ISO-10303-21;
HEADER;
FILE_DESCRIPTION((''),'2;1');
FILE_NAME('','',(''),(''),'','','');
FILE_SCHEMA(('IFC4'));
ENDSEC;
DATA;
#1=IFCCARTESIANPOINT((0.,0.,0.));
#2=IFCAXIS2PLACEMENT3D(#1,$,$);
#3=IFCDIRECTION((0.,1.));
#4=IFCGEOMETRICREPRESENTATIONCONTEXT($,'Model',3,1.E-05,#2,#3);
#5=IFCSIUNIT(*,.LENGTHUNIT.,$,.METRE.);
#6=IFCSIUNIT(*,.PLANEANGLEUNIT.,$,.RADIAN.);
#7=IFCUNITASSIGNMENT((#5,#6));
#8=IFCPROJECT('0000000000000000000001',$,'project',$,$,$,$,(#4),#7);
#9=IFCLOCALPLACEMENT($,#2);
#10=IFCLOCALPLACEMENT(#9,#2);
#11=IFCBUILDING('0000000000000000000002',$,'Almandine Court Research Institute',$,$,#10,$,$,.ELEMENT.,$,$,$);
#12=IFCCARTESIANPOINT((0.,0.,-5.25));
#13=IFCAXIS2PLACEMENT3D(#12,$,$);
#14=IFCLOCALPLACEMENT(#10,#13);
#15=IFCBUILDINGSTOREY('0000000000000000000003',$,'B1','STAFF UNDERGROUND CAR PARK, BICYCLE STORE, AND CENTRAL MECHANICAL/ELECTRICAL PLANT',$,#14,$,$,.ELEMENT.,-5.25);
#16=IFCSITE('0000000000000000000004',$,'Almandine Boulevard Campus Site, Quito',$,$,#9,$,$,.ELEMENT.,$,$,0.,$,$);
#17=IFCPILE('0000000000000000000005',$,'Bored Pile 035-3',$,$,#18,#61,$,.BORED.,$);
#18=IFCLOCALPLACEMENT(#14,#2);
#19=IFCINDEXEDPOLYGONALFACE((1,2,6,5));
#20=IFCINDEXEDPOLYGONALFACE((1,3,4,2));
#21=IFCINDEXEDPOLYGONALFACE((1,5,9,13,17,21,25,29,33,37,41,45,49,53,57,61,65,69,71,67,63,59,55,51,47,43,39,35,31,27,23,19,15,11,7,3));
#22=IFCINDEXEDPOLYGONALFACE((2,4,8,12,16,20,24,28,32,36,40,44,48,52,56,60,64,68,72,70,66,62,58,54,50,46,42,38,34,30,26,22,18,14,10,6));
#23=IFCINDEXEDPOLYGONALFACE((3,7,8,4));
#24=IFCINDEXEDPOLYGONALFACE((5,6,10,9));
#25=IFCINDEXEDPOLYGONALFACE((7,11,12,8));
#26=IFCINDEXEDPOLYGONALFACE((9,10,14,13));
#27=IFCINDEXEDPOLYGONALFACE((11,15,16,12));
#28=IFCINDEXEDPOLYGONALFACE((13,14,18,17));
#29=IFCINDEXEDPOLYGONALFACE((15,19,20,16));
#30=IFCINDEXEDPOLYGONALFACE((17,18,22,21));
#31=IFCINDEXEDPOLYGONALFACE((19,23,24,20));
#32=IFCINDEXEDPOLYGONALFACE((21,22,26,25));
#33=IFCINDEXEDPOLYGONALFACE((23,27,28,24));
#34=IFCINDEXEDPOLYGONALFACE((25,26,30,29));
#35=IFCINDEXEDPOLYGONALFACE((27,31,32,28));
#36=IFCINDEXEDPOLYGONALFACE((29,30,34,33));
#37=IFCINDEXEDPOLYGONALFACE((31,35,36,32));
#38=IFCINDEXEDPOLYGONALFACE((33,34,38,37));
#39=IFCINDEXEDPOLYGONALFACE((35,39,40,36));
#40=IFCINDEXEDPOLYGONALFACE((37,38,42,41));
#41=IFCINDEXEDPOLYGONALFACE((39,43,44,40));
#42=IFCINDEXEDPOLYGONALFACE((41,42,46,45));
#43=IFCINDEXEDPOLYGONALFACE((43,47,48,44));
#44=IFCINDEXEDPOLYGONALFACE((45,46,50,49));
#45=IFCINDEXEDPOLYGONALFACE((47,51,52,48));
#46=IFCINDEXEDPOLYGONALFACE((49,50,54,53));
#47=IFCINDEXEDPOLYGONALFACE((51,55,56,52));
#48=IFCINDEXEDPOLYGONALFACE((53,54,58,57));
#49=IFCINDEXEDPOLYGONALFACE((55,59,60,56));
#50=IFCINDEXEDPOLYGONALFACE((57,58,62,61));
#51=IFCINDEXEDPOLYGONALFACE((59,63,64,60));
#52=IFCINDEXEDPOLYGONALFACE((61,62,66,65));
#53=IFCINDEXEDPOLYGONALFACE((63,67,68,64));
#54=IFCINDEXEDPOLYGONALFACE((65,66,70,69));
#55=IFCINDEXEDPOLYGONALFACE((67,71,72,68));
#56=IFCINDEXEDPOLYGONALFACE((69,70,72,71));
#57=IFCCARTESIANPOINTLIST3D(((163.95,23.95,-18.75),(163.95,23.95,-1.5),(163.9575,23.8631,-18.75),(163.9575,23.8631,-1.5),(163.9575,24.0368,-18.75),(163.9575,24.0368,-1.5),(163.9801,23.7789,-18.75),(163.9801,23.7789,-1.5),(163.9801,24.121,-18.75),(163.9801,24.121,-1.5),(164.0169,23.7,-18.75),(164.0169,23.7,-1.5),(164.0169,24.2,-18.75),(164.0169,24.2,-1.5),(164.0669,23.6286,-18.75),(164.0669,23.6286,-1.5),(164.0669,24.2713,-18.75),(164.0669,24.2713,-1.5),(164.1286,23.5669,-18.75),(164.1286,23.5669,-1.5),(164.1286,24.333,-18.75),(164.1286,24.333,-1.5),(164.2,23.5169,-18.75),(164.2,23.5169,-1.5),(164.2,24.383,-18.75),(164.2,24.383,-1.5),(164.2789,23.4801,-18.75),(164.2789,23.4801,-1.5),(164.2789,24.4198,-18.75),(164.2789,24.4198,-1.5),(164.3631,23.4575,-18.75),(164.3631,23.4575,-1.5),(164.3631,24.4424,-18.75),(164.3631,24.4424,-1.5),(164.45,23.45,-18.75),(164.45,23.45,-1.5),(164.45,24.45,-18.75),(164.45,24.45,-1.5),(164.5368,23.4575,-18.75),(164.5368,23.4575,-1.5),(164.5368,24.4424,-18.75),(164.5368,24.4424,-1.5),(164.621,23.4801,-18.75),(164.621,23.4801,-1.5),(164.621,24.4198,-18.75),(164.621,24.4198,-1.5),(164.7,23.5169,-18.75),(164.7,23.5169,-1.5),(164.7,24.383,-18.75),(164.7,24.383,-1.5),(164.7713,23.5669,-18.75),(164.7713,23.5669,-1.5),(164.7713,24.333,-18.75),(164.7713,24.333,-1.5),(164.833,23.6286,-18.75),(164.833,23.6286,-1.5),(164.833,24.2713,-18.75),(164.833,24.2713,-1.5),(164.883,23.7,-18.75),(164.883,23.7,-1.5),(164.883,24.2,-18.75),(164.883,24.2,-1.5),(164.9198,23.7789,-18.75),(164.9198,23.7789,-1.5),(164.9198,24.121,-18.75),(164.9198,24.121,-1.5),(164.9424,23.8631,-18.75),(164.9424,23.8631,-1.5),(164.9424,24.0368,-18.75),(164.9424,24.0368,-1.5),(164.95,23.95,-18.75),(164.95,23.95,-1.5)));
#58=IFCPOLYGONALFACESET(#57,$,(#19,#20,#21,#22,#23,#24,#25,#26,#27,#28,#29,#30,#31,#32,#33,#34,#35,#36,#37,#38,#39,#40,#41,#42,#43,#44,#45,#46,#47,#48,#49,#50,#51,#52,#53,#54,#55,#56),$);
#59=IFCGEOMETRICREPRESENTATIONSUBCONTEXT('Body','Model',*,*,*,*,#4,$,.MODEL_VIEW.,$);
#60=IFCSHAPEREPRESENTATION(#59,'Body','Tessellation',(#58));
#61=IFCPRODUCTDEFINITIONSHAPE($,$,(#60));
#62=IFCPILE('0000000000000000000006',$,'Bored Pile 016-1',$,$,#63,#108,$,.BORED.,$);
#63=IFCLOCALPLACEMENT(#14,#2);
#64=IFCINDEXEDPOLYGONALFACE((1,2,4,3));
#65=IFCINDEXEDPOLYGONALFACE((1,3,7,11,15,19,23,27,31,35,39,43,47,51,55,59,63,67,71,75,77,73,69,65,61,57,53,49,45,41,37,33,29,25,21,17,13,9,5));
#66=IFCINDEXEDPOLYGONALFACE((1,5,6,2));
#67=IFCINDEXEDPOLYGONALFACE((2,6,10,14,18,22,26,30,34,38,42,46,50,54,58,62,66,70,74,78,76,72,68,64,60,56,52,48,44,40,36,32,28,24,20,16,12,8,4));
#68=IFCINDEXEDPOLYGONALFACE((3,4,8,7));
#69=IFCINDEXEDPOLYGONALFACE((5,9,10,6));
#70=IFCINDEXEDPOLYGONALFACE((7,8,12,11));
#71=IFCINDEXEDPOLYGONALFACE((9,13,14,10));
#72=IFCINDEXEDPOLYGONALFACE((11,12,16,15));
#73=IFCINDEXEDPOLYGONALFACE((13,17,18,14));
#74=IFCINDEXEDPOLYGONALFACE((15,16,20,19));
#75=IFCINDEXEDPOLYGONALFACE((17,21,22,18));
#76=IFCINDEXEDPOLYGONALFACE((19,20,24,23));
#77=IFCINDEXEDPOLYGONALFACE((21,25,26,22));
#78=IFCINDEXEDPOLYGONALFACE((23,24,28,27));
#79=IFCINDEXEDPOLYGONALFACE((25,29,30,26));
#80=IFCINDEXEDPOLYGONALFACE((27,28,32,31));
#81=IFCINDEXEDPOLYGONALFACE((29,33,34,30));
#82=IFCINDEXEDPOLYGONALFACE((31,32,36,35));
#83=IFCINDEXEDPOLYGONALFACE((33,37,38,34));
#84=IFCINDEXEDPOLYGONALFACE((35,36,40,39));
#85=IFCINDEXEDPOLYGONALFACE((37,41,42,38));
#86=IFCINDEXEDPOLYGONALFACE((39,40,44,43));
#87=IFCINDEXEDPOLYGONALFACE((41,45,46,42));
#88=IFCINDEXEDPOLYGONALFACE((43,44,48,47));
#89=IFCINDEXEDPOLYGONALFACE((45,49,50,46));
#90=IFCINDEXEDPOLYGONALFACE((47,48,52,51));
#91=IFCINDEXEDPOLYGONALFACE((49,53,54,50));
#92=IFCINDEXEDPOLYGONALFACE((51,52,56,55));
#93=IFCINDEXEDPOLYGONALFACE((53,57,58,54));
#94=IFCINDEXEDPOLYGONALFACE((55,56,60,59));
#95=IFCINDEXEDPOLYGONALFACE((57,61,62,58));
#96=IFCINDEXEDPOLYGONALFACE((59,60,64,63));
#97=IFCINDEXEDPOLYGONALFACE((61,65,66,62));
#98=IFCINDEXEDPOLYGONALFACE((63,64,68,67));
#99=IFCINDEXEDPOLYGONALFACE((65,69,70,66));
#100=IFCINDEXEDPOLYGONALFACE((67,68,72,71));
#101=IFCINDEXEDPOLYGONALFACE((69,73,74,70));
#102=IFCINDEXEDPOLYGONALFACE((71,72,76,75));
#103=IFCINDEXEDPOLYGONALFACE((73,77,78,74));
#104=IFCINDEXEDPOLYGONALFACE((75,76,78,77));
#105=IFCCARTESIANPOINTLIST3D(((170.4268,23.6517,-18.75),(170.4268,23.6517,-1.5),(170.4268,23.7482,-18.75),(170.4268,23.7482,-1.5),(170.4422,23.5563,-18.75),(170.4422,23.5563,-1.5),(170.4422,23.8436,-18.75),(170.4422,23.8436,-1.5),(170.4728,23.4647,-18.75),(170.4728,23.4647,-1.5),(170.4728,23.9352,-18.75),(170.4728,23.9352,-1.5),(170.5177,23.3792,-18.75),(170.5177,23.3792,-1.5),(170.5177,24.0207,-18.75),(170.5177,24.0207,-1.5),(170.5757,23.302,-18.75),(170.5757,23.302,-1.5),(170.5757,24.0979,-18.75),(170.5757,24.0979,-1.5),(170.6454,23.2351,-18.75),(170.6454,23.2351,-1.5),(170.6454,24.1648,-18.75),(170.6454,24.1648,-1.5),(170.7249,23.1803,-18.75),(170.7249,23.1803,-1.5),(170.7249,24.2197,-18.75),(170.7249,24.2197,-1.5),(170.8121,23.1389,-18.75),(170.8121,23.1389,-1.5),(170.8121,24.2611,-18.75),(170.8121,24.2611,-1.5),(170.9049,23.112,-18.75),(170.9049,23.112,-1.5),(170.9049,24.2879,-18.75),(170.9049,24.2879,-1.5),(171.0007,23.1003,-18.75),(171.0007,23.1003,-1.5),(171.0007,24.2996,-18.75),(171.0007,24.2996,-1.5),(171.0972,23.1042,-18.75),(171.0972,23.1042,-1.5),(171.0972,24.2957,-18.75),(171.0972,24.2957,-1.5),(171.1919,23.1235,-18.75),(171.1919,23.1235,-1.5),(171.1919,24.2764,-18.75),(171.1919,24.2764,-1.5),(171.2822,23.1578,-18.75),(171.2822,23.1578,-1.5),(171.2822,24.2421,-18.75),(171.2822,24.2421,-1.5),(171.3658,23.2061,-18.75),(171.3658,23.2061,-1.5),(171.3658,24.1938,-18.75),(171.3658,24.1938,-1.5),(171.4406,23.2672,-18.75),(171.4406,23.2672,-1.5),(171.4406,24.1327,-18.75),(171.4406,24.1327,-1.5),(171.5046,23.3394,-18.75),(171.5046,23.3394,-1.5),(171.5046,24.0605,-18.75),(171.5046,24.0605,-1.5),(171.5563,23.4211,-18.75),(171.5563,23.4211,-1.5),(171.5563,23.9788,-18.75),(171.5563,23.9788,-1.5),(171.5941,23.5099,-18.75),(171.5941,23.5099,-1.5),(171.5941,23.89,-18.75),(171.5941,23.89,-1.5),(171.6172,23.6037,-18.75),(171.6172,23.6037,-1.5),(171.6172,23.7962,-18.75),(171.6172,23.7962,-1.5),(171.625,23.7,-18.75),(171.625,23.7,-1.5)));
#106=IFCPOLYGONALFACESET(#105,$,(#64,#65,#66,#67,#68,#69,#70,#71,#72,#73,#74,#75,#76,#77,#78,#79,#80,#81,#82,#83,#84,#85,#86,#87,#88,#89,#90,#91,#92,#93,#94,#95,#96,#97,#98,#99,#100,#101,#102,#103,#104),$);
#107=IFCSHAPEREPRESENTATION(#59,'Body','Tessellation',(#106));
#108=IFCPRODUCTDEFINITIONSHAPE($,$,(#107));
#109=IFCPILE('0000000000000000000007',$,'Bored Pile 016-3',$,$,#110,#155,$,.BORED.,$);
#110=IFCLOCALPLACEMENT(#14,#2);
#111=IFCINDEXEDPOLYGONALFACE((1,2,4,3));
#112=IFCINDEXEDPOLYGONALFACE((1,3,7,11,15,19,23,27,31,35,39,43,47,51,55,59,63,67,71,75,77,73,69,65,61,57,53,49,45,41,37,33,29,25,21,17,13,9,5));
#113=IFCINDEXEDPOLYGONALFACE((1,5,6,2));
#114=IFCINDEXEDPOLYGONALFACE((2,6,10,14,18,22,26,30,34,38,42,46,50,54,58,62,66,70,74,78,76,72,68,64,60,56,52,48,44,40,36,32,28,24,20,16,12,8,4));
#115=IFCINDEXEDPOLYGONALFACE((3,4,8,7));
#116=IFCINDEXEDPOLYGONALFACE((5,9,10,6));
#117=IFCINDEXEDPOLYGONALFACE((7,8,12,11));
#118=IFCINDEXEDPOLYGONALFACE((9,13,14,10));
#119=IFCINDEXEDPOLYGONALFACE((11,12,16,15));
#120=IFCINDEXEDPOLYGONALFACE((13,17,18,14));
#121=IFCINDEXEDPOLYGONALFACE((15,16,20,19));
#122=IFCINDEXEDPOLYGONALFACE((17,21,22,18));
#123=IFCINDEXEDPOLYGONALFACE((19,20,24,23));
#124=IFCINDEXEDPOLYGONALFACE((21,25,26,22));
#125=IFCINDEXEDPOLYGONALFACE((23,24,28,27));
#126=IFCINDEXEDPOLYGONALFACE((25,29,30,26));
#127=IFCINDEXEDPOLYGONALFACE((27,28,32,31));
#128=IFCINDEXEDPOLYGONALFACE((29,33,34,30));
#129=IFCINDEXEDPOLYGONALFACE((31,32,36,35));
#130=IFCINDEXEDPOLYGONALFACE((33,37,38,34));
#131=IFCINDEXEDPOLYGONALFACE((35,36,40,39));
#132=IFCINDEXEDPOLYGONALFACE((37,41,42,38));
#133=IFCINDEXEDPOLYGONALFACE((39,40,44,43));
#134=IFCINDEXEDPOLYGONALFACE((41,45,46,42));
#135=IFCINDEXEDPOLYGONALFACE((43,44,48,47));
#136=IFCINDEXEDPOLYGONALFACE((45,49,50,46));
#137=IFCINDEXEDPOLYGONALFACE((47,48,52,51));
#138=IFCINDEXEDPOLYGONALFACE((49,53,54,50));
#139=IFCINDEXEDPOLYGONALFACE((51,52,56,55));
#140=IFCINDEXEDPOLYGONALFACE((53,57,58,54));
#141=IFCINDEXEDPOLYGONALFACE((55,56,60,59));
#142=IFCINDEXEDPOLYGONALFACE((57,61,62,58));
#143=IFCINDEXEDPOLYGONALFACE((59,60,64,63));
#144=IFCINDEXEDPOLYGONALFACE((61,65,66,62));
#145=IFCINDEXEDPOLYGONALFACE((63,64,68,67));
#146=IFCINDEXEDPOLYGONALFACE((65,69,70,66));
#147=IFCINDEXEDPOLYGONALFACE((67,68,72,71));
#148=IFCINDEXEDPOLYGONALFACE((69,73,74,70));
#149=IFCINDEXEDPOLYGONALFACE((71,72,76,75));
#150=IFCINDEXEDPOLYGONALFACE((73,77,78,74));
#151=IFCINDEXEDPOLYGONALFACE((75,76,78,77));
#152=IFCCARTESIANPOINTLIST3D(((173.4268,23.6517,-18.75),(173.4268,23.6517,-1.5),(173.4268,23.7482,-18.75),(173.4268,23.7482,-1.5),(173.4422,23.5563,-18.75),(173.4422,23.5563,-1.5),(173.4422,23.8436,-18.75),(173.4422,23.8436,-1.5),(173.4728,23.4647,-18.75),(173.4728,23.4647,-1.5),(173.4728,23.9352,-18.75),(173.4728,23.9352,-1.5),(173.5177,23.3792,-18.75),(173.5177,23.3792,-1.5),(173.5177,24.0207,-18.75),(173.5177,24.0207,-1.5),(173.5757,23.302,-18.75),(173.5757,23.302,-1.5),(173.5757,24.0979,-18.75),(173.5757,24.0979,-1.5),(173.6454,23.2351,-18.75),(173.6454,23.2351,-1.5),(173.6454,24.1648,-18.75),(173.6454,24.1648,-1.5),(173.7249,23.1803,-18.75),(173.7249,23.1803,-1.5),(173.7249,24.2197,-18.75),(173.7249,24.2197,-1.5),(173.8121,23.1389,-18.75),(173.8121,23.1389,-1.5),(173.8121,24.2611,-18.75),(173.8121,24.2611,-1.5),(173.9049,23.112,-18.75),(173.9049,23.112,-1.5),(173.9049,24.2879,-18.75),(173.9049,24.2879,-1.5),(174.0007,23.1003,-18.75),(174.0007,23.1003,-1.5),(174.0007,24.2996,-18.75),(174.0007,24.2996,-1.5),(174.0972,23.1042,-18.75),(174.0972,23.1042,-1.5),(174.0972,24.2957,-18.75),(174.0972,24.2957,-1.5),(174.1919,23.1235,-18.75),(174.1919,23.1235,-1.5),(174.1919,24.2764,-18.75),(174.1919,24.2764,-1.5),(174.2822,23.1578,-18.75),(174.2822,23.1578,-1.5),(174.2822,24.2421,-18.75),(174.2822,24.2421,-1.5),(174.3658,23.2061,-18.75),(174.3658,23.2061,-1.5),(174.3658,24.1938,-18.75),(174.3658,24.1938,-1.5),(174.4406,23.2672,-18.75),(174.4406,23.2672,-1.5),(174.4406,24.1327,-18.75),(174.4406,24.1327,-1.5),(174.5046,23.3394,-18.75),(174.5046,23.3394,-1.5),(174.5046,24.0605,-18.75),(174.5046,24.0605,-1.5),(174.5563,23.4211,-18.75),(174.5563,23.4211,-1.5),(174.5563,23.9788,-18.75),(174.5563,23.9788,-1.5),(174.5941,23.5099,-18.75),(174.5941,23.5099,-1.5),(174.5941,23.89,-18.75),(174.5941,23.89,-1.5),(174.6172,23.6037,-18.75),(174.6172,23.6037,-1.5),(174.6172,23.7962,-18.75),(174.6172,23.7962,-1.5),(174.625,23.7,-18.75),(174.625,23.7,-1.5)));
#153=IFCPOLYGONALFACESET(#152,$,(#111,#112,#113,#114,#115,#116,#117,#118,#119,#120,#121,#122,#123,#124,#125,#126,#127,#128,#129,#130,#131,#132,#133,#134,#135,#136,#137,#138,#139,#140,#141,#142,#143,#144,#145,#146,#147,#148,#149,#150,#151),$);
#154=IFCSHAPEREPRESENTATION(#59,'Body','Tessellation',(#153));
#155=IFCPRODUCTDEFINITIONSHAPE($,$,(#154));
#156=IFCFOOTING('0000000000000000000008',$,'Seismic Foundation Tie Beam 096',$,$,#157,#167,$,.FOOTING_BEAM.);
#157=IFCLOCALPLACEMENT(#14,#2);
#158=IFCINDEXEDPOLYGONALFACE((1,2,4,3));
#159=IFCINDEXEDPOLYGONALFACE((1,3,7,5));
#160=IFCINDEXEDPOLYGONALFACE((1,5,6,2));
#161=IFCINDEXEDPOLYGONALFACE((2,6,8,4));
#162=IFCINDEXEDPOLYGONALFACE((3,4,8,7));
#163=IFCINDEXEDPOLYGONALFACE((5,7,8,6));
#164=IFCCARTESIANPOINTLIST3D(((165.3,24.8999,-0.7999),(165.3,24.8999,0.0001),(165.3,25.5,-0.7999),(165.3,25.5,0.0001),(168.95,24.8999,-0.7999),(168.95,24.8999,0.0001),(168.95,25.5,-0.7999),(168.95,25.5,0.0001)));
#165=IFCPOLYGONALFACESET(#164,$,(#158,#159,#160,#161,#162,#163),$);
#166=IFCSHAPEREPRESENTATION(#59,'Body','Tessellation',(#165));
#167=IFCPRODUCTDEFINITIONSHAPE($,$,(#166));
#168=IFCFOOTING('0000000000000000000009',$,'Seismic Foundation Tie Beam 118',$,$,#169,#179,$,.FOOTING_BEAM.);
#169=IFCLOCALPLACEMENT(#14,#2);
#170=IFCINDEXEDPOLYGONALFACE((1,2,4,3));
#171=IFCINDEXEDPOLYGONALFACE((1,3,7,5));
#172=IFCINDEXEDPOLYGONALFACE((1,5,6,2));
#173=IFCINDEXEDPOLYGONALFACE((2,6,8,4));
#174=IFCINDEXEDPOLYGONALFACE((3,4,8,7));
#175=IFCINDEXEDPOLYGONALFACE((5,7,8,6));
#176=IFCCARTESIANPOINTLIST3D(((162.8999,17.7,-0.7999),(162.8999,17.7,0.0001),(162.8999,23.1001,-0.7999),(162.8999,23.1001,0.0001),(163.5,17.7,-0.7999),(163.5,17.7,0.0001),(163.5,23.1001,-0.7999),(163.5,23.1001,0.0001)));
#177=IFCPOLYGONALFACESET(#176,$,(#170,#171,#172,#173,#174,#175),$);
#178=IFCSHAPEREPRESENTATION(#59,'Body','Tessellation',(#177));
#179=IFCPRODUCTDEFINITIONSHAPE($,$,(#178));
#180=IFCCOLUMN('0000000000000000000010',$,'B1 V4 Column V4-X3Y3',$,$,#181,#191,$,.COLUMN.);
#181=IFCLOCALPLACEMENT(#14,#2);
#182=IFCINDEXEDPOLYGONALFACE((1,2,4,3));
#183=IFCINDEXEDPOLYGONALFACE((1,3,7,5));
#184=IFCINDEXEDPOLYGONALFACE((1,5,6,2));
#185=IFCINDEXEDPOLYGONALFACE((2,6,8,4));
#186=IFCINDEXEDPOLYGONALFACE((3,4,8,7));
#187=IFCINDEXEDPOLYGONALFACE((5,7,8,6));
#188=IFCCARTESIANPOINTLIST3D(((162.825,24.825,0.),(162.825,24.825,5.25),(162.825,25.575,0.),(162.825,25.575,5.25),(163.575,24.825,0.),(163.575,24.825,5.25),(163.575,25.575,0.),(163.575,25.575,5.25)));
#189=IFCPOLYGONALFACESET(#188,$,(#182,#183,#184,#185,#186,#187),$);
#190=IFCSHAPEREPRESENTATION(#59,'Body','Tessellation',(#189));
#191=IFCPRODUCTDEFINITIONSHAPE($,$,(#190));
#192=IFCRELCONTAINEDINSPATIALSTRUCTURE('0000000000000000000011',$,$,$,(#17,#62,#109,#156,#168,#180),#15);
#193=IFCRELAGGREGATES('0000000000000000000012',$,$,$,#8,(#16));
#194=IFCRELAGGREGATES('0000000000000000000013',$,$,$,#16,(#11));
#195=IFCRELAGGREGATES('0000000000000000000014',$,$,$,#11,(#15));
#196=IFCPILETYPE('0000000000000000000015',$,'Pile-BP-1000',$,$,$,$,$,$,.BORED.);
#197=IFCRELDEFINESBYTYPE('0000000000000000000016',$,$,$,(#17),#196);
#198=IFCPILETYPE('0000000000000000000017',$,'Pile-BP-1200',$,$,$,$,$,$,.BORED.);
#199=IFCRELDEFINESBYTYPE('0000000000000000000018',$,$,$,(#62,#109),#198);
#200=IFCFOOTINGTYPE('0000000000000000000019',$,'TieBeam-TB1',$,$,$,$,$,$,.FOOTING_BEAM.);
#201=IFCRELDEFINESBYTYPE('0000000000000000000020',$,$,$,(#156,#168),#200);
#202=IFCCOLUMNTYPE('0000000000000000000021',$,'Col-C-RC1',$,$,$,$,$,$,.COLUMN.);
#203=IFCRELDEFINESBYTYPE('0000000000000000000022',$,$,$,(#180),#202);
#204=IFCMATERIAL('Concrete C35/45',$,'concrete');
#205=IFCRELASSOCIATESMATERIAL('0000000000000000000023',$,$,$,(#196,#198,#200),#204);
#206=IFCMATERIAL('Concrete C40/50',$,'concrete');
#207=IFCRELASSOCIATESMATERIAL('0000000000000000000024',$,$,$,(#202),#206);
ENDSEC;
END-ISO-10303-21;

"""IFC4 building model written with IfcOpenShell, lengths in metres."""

from ifc_helpers import new_model, si_unit, direction, frame, origin, origin_2d, place, context, subcontext, project, spatial, rectangle, circle, extrude, material, material_profile, profile_set, type_object, element, save


model = new_model("IFC4")

# Units and contexts
model_context = context("Model", 3, precision=1e-05, world=origin(), true_north=direction((0.0, 1.0)))
body_context = subcontext(model_context, "Body", "Model", "MODEL_VIEW")
ifc_project = project(units=[si_unit("LENGTHUNIT", "METRE"), si_unit("PLANEANGLEUNIT", "RADIAN")], contexts=[model_context])

# Site, building, storey
site_placement = place(None, origin())
site = spatial("IfcSite", under=ifc_project, at=site_placement, Name="Almandine Boulevard Campus Site, Quito", CompositionType="ELEMENT", RefElevation=0.0)
building_placement = place(site_placement, origin())
building = spatial("IfcBuilding", under=site, at=building_placement, Name="Almandine Court Research Institute", CompositionType="ELEMENT")
storey_placement = place(building_placement, frame((0.0, 0.0, -5.25)))
storey = spatial("IfcBuildingStorey", under=building, at=storey_placement, Name="B1", Description="STAFF UNDERGROUND CAR PARK, BICYCLE STORE, AND CENTRAL MECHANICAL/ELECTRICAL PLANT", CompositionType="ELEMENT", Elevation=-5.25)

# Shared definitions
ifc_material_1 = material(Name="Concrete C35/45", Category="concrete")

# Piles
ifc_material_profile_1 = material_profile(ifc_material_1, circle(Radius=0.5, at=origin_2d()), Name="BORED PILE D1000")
ifc_profile_set_1 = profile_set([ifc_material_profile_1], Name="Concrete C35/45")
pile_type_1 = type_object("IfcPileType", Name="Pile-BP-1000", PredefinedType="BORED", material=ifc_profile_set_1)
for number, where, z_axis, x_axis, name in (
    (1, (164.45, 23.95, -1.5), (0.0, 0.0, -1.0), (1.0, 0.0, 0.0), "Bored Pile 035-3"),
):
    element("IfcPile", number, at=place(storey_placement, frame(where, z_axis=z_axis, x_axis=x_axis)), inside=storey, type_object=pile_type_1, Name=name, PredefinedType="BORED", context=body_context, shape_type="SweptSolid", body=[
        extrude(circle(Radius=0.5, at=origin_2d()), origin(), (0.0, 0.0, 1.0), 17.25),
    ])
ifc_material_profile_2 = material_profile(ifc_material_1, circle(Radius=0.6001, at=origin_2d()), Name="BORED PILE D1200")
ifc_profile_set_2 = profile_set([ifc_material_profile_2], Name="Concrete C35/45")
pile_type_2 = type_object("IfcPileType", Name="Pile-BP-1200", PredefinedType="BORED", material=ifc_profile_set_2)
for number, where, z_axis, x_axis, name in (
    (2, (171.0249, 23.7, -1.5), (0.0, 0.0, -1.0), (1.0, 0.0, 0.0), "Bored Pile 016-1"),
    (3, (174.0249, 23.7, -1.5), (0.0, 0.0, -1.0), (1.0, 0.0, 0.0), "Bored Pile 016-3"),
):
    element("IfcPile", number, at=place(storey_placement, frame(where, z_axis=z_axis, x_axis=x_axis)), inside=storey, type_object=pile_type_2, Name=name, PredefinedType="BORED", context=body_context, shape_type="SweptSolid", body=[
        extrude(circle(Radius=0.6001, at=origin_2d()), origin(), (0.0, 0.0, 1.0), 17.25),
    ])

# Footings
ifc_material_profile_3 = material_profile(ifc_material_1, rectangle(XDim=0.6001, YDim=0.8, at=origin_2d()), Name="RC TIE 600x800")
ifc_profile_set_3 = profile_set([ifc_material_profile_3], Name="Concrete C35/45")
footing_type_1 = type_object("IfcFootingType", Name="TieBeam-TB1", PredefinedType="FOOTING_BEAM", material=ifc_profile_set_3)
footing_1_placement = place(storey_placement, frame((165.3, 25.2, -0.3999), z_axis=(1.0, 0.0, 0.0), x_axis=(0.0, 1.0, 0.0)))
element("IfcFooting", 4, at=footing_1_placement, inside=storey, type_object=footing_type_1, Name="Seismic Foundation Tie Beam 096", PredefinedType="FOOTING_BEAM", context=body_context, shape_type="SweptSolid", body=[
    extrude(rectangle(XDim=0.6001, YDim=0.8, at=origin_2d()), origin(), (0.0, 0.0, 1.0), 3.6499),
])
footing_2_placement = place(storey_placement, frame((163.2, 17.7, -0.3999), z_axis=(0.0, 1.0, 0.0), x_axis=(-1.0, 0.0, 0.0)))
element("IfcFooting", 5, at=footing_2_placement, inside=storey, type_object=footing_type_1, Name="Seismic Foundation Tie Beam 118", PredefinedType="FOOTING_BEAM", context=body_context, shape_type="SweptSolid", body=[
    extrude(rectangle(XDim=0.6001, YDim=0.8, at=origin_2d()), origin(), (0.0, 0.0, 1.0), 5.4001),
])

# Column
ifc_material_2 = material(Name="Concrete C40/50", Category="concrete")
ifc_material_profile_4 = material_profile(ifc_material_2, rectangle(XDim=0.75, YDim=0.75, at=origin_2d()), Name="RC 750x750")
ifc_profile_set_4 = profile_set([ifc_material_profile_4], Name="Concrete C40/50")
column_type = type_object("IfcColumnType", Name="Col-C-RC1", PredefinedType="COLUMN", material=ifc_profile_set_4)
for number, where, z_axis, x_axis, name in (
    (6, (163.2, 25.2, 0.0), (0.0, 0.0, 1.0), (1.0, 0.0, 0.0), "B1 V4 Column V4-X3Y3"),
):
    element("IfcColumn", number, at=place(storey_placement, frame(where, z_axis=z_axis, x_axis=x_axis)), inside=storey, type_object=column_type, Name=name, PredefinedType="COLUMN", context=body_context, shape_type="SweptSolid", body=[
        extrude(rectangle(XDim=0.75, YDim=0.75, at=origin_2d()), origin(), (0.0, 0.0, 1.0), 5.25),
    ])

save(model, "model.ifc")
